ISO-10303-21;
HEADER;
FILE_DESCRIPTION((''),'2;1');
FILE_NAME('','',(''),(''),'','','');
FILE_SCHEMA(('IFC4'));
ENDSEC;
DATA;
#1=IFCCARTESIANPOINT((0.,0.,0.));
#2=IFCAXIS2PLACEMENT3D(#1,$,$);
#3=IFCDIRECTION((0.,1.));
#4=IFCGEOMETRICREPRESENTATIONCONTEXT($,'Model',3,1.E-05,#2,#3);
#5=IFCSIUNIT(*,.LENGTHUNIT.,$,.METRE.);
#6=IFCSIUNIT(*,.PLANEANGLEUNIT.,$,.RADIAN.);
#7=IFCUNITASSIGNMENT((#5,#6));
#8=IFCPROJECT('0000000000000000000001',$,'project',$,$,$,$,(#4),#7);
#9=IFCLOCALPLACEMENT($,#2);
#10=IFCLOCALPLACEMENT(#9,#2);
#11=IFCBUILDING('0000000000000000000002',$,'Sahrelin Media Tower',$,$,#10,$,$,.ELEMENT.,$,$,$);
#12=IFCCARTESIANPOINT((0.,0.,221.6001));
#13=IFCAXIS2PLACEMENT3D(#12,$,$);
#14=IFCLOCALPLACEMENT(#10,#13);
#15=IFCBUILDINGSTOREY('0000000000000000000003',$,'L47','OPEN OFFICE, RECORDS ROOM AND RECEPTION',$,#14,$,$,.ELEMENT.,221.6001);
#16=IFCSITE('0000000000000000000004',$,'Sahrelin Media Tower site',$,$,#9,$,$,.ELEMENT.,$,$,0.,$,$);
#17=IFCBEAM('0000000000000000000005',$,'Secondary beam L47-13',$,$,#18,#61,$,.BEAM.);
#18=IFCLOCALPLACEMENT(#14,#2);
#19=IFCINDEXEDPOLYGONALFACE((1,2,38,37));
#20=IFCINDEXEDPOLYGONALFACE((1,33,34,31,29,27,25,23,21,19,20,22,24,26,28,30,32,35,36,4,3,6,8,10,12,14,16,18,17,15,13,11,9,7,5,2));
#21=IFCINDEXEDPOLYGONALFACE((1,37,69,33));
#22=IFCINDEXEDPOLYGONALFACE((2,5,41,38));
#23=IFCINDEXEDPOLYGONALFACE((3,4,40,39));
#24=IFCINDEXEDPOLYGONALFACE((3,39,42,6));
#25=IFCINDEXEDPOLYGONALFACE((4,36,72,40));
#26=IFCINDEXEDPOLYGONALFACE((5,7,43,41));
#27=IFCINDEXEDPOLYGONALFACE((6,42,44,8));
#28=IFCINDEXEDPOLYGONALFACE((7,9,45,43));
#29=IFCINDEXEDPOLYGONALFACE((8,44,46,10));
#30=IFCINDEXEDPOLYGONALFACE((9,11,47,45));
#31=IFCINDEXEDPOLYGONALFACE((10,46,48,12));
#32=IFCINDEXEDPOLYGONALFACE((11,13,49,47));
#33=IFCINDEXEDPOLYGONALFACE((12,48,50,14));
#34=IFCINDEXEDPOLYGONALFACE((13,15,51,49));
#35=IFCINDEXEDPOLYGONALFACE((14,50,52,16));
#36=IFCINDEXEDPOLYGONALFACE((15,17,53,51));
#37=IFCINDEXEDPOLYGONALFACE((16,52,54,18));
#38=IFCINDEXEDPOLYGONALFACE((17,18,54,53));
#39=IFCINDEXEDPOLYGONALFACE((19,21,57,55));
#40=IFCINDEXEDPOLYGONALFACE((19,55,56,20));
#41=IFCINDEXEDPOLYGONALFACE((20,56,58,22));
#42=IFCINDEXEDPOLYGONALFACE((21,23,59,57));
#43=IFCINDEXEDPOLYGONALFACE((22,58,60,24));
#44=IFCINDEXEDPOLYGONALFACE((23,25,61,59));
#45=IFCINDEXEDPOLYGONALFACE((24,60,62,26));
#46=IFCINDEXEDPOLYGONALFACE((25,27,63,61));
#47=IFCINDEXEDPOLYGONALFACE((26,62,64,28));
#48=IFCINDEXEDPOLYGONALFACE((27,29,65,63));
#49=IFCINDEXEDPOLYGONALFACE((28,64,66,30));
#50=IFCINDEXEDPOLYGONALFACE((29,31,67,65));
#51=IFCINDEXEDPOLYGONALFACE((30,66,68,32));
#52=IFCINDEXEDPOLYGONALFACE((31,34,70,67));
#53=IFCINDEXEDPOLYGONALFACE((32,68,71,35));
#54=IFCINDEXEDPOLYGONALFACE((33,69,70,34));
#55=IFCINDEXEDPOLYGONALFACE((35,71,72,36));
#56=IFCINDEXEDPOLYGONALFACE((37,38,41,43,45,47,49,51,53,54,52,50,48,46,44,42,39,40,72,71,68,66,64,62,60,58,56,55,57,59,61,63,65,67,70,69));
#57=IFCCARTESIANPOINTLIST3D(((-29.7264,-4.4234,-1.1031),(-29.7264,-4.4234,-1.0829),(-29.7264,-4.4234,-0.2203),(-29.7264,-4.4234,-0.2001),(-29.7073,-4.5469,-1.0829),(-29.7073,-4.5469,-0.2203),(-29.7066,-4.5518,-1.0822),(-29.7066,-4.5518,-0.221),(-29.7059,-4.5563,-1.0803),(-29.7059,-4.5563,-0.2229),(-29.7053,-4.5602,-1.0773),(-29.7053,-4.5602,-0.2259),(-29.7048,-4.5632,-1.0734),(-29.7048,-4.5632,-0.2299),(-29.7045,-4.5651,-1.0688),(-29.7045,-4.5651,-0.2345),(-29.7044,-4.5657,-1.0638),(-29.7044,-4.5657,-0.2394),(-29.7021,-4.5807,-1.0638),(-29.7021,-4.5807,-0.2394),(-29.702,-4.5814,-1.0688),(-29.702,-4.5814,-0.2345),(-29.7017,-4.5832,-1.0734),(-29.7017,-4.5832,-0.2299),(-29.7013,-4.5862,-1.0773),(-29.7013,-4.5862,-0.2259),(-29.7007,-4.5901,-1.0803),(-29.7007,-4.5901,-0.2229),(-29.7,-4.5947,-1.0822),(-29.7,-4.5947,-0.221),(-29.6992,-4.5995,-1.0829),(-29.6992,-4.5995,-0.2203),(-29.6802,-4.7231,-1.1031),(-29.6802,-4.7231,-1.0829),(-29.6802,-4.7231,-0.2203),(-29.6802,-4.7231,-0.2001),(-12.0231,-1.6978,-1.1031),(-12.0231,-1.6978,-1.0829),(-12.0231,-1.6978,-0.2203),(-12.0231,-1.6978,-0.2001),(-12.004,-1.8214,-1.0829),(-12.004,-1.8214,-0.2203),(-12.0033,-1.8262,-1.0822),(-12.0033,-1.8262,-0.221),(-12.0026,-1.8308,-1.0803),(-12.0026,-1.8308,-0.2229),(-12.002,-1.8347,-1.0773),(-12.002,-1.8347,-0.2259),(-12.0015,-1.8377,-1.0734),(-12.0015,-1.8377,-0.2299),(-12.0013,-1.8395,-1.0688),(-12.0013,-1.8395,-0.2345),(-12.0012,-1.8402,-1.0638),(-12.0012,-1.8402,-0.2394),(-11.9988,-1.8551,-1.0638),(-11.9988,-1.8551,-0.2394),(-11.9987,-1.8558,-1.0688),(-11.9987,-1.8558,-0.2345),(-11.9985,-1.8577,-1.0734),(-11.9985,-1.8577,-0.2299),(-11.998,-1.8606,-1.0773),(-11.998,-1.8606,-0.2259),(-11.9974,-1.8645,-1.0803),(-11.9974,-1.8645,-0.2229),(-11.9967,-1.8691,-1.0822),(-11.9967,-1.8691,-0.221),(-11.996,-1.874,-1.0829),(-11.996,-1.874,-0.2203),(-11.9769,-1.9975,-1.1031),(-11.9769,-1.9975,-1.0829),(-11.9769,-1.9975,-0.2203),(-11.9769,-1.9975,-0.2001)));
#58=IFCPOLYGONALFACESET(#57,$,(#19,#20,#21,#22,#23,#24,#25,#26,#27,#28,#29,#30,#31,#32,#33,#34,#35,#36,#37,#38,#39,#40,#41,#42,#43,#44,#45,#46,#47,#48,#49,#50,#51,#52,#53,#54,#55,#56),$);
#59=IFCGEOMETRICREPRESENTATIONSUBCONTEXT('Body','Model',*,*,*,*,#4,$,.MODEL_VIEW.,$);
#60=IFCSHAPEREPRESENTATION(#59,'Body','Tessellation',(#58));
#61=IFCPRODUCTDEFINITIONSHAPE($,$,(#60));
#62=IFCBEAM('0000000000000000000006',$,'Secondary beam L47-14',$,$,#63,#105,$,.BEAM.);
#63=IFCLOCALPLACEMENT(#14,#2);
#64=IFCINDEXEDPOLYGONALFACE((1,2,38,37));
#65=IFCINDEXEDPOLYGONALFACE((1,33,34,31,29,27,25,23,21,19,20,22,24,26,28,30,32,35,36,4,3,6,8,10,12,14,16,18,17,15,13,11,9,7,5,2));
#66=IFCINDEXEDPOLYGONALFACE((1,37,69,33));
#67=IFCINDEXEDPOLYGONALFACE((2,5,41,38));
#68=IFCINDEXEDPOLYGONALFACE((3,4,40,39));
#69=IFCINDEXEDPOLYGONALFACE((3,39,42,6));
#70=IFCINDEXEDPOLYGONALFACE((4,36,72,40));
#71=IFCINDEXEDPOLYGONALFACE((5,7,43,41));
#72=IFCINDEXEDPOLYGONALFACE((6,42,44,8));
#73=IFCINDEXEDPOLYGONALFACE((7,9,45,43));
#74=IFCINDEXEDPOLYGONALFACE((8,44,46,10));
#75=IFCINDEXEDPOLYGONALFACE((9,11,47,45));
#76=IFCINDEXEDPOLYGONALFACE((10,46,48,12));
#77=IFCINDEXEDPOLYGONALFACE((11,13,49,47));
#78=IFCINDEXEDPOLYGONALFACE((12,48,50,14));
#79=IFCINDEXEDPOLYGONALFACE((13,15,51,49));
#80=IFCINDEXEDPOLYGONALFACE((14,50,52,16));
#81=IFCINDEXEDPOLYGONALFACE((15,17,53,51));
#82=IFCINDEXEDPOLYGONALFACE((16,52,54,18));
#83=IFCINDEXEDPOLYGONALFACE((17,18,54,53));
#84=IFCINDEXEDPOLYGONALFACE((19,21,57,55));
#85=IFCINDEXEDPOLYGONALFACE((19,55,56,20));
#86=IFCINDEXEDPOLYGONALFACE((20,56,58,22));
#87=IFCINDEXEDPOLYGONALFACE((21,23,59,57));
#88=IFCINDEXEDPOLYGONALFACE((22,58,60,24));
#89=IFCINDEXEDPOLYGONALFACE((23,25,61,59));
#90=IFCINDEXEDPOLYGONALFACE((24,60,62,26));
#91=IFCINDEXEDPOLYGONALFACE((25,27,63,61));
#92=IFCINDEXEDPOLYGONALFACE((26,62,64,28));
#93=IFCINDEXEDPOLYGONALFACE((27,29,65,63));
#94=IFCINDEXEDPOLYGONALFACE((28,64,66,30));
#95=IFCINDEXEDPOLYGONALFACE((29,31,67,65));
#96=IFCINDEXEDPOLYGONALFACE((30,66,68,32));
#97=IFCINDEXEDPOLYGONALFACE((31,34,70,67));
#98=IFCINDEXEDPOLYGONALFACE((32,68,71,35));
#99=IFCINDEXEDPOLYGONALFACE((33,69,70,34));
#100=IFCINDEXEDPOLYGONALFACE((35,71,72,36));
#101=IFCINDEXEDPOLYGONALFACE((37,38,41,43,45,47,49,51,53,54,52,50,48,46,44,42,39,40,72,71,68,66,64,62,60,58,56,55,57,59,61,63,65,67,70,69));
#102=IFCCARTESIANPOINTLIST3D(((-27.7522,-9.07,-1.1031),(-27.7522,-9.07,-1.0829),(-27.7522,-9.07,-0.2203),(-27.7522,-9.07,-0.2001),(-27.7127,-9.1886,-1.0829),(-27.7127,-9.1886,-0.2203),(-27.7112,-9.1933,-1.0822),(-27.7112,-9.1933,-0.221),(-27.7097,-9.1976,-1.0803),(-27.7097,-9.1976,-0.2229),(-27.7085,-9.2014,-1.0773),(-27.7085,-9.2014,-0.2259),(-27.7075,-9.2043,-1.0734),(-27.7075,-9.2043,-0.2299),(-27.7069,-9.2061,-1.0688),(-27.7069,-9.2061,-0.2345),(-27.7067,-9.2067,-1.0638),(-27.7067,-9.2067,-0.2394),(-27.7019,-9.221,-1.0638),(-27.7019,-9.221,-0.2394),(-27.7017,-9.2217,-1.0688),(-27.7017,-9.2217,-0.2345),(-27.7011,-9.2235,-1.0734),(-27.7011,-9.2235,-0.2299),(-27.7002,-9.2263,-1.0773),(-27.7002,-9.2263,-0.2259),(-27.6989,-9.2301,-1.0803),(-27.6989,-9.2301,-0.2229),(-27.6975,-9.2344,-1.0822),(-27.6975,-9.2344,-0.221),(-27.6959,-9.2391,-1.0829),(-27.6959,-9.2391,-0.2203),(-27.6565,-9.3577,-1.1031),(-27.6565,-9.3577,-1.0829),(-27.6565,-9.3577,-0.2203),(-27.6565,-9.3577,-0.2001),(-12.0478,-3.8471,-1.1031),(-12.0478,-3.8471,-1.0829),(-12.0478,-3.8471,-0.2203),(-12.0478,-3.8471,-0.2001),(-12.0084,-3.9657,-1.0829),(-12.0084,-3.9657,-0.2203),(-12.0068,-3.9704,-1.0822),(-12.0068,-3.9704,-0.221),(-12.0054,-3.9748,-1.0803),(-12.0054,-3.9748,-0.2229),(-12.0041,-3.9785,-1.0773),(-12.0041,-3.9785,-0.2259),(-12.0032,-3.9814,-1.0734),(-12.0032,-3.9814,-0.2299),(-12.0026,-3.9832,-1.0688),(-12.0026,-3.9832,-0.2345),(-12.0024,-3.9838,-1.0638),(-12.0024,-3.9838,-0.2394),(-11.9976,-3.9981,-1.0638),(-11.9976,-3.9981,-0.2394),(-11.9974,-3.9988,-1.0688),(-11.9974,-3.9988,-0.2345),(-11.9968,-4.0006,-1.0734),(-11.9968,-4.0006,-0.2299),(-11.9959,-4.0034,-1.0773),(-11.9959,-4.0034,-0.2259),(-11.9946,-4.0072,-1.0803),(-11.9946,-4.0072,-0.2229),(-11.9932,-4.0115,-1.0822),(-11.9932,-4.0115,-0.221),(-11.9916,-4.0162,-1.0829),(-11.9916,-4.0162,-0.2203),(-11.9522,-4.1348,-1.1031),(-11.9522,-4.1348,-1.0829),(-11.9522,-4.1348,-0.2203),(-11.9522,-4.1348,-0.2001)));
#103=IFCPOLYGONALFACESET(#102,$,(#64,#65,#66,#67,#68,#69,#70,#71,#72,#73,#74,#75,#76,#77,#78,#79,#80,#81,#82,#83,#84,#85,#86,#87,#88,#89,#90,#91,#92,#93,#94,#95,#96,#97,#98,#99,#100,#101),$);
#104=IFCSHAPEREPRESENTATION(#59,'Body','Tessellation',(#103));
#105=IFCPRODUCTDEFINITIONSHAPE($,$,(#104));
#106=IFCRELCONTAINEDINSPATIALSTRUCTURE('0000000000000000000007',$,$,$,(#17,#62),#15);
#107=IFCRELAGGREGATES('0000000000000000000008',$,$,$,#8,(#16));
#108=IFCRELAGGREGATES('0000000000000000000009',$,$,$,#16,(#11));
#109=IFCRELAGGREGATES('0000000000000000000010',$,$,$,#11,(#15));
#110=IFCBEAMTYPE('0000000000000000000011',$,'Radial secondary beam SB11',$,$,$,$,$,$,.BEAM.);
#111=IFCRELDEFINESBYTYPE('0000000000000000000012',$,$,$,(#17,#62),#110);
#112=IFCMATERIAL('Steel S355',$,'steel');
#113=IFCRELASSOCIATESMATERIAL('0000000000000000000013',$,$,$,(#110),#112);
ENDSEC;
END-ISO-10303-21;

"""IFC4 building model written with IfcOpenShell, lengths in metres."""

from ifc_helpers import new_model, si_unit, direction, frame, origin, origin_2d, place, context, subcontext, project, spatial, i_section, extrude, material, material_profile, profile_set, type_object, element, save


model = new_model("IFC4")

# Units and contexts
model_context = context("Model", 3, precision=1e-05, world=origin(), true_north=direction((0.0, 1.0)))
body_context = subcontext(model_context, "Body", "Model", "MODEL_VIEW")
ifc_project = project(units=[si_unit("LENGTHUNIT", "METRE"), si_unit("PLANEANGLEUNIT", "RADIAN")], contexts=[model_context])

# Site, building, storey
site_placement = place(None, origin())
site = spatial("IfcSite", under=ifc_project, at=site_placement, Name="Sahrelin Media Tower site", CompositionType="ELEMENT", RefElevation=0.0)
building_placement = place(site_placement, origin())
building = spatial("IfcBuilding", under=site, at=building_placement, Name="Sahrelin Media Tower", CompositionType="ELEMENT")
storey_placement = place(building_placement, frame((0.0, 0.0, 221.6001)))
storey = spatial("IfcBuildingStorey", under=building, at=storey_placement, Name="L47", Description="OPEN OFFICE, RECORDS ROOM AND RECEPTION", CompositionType="ELEMENT", Elevation=221.6001)

# Beams
ifc_material_1 = material(Name="Steel S355", Category="steel")
ifc_material_profile_1 = material_profile(ifc_material_1, i_section(OverallWidth=0.3032, OverallDepth=0.9031, WebThickness=0.0151, FlangeThickness=0.0203, FilletRadius=0.019, at=origin_2d()), Name="UB 914x305x201")
ifc_profile_set_1 = profile_set([ifc_material_profile_1], Name="Steel S355")
beam_type_1 = type_object("IfcBeamType", Name="Radial secondary beam SB11", PredefinedType="BEAM", material=ifc_profile_set_1)
beam_1_placement = place(storey_placement, frame((-12.0, -1.8477, -0.6516), z_axis=(-0.988355, -0.152166, 0.0), x_axis=(0.152166, -0.988355, 0.0)))
element("IfcBeam", 1, at=beam_1_placement, inside=storey, type_object=beam_type_1, Name="Secondary beam L47-13", PredefinedType="BEAM", context=body_context, shape_type="SweptSolid", body=[
    extrude(i_section(OverallWidth=0.3032, OverallDepth=0.9031, WebThickness=0.0151, FlangeThickness=0.0203, FilletRadius=0.019, at=origin_2d()), origin(), (0.0, 0.0, 1.0), 17.9119),
])
beam_2_placement = place(storey_placement, frame((-12.0, -3.991, -0.6516), z_axis=(-0.948898, -0.315582, 0.0), x_axis=(0.315582, -0.948898, 0.0)))
element("IfcBeam", 2, at=beam_2_placement, inside=storey, type_object=beam_type_1, Name="Secondary beam L47-14", PredefinedType="BEAM", context=body_context, shape_type="SweptSolid", body=[
    extrude(i_section(OverallWidth=0.3032, OverallDepth=0.9031, WebThickness=0.0151, FlangeThickness=0.0203, FilletRadius=0.019, at=origin_2d()), origin(), (0.0, 0.0, 1.0), 16.55),
])

save(model, "model.ifc")
